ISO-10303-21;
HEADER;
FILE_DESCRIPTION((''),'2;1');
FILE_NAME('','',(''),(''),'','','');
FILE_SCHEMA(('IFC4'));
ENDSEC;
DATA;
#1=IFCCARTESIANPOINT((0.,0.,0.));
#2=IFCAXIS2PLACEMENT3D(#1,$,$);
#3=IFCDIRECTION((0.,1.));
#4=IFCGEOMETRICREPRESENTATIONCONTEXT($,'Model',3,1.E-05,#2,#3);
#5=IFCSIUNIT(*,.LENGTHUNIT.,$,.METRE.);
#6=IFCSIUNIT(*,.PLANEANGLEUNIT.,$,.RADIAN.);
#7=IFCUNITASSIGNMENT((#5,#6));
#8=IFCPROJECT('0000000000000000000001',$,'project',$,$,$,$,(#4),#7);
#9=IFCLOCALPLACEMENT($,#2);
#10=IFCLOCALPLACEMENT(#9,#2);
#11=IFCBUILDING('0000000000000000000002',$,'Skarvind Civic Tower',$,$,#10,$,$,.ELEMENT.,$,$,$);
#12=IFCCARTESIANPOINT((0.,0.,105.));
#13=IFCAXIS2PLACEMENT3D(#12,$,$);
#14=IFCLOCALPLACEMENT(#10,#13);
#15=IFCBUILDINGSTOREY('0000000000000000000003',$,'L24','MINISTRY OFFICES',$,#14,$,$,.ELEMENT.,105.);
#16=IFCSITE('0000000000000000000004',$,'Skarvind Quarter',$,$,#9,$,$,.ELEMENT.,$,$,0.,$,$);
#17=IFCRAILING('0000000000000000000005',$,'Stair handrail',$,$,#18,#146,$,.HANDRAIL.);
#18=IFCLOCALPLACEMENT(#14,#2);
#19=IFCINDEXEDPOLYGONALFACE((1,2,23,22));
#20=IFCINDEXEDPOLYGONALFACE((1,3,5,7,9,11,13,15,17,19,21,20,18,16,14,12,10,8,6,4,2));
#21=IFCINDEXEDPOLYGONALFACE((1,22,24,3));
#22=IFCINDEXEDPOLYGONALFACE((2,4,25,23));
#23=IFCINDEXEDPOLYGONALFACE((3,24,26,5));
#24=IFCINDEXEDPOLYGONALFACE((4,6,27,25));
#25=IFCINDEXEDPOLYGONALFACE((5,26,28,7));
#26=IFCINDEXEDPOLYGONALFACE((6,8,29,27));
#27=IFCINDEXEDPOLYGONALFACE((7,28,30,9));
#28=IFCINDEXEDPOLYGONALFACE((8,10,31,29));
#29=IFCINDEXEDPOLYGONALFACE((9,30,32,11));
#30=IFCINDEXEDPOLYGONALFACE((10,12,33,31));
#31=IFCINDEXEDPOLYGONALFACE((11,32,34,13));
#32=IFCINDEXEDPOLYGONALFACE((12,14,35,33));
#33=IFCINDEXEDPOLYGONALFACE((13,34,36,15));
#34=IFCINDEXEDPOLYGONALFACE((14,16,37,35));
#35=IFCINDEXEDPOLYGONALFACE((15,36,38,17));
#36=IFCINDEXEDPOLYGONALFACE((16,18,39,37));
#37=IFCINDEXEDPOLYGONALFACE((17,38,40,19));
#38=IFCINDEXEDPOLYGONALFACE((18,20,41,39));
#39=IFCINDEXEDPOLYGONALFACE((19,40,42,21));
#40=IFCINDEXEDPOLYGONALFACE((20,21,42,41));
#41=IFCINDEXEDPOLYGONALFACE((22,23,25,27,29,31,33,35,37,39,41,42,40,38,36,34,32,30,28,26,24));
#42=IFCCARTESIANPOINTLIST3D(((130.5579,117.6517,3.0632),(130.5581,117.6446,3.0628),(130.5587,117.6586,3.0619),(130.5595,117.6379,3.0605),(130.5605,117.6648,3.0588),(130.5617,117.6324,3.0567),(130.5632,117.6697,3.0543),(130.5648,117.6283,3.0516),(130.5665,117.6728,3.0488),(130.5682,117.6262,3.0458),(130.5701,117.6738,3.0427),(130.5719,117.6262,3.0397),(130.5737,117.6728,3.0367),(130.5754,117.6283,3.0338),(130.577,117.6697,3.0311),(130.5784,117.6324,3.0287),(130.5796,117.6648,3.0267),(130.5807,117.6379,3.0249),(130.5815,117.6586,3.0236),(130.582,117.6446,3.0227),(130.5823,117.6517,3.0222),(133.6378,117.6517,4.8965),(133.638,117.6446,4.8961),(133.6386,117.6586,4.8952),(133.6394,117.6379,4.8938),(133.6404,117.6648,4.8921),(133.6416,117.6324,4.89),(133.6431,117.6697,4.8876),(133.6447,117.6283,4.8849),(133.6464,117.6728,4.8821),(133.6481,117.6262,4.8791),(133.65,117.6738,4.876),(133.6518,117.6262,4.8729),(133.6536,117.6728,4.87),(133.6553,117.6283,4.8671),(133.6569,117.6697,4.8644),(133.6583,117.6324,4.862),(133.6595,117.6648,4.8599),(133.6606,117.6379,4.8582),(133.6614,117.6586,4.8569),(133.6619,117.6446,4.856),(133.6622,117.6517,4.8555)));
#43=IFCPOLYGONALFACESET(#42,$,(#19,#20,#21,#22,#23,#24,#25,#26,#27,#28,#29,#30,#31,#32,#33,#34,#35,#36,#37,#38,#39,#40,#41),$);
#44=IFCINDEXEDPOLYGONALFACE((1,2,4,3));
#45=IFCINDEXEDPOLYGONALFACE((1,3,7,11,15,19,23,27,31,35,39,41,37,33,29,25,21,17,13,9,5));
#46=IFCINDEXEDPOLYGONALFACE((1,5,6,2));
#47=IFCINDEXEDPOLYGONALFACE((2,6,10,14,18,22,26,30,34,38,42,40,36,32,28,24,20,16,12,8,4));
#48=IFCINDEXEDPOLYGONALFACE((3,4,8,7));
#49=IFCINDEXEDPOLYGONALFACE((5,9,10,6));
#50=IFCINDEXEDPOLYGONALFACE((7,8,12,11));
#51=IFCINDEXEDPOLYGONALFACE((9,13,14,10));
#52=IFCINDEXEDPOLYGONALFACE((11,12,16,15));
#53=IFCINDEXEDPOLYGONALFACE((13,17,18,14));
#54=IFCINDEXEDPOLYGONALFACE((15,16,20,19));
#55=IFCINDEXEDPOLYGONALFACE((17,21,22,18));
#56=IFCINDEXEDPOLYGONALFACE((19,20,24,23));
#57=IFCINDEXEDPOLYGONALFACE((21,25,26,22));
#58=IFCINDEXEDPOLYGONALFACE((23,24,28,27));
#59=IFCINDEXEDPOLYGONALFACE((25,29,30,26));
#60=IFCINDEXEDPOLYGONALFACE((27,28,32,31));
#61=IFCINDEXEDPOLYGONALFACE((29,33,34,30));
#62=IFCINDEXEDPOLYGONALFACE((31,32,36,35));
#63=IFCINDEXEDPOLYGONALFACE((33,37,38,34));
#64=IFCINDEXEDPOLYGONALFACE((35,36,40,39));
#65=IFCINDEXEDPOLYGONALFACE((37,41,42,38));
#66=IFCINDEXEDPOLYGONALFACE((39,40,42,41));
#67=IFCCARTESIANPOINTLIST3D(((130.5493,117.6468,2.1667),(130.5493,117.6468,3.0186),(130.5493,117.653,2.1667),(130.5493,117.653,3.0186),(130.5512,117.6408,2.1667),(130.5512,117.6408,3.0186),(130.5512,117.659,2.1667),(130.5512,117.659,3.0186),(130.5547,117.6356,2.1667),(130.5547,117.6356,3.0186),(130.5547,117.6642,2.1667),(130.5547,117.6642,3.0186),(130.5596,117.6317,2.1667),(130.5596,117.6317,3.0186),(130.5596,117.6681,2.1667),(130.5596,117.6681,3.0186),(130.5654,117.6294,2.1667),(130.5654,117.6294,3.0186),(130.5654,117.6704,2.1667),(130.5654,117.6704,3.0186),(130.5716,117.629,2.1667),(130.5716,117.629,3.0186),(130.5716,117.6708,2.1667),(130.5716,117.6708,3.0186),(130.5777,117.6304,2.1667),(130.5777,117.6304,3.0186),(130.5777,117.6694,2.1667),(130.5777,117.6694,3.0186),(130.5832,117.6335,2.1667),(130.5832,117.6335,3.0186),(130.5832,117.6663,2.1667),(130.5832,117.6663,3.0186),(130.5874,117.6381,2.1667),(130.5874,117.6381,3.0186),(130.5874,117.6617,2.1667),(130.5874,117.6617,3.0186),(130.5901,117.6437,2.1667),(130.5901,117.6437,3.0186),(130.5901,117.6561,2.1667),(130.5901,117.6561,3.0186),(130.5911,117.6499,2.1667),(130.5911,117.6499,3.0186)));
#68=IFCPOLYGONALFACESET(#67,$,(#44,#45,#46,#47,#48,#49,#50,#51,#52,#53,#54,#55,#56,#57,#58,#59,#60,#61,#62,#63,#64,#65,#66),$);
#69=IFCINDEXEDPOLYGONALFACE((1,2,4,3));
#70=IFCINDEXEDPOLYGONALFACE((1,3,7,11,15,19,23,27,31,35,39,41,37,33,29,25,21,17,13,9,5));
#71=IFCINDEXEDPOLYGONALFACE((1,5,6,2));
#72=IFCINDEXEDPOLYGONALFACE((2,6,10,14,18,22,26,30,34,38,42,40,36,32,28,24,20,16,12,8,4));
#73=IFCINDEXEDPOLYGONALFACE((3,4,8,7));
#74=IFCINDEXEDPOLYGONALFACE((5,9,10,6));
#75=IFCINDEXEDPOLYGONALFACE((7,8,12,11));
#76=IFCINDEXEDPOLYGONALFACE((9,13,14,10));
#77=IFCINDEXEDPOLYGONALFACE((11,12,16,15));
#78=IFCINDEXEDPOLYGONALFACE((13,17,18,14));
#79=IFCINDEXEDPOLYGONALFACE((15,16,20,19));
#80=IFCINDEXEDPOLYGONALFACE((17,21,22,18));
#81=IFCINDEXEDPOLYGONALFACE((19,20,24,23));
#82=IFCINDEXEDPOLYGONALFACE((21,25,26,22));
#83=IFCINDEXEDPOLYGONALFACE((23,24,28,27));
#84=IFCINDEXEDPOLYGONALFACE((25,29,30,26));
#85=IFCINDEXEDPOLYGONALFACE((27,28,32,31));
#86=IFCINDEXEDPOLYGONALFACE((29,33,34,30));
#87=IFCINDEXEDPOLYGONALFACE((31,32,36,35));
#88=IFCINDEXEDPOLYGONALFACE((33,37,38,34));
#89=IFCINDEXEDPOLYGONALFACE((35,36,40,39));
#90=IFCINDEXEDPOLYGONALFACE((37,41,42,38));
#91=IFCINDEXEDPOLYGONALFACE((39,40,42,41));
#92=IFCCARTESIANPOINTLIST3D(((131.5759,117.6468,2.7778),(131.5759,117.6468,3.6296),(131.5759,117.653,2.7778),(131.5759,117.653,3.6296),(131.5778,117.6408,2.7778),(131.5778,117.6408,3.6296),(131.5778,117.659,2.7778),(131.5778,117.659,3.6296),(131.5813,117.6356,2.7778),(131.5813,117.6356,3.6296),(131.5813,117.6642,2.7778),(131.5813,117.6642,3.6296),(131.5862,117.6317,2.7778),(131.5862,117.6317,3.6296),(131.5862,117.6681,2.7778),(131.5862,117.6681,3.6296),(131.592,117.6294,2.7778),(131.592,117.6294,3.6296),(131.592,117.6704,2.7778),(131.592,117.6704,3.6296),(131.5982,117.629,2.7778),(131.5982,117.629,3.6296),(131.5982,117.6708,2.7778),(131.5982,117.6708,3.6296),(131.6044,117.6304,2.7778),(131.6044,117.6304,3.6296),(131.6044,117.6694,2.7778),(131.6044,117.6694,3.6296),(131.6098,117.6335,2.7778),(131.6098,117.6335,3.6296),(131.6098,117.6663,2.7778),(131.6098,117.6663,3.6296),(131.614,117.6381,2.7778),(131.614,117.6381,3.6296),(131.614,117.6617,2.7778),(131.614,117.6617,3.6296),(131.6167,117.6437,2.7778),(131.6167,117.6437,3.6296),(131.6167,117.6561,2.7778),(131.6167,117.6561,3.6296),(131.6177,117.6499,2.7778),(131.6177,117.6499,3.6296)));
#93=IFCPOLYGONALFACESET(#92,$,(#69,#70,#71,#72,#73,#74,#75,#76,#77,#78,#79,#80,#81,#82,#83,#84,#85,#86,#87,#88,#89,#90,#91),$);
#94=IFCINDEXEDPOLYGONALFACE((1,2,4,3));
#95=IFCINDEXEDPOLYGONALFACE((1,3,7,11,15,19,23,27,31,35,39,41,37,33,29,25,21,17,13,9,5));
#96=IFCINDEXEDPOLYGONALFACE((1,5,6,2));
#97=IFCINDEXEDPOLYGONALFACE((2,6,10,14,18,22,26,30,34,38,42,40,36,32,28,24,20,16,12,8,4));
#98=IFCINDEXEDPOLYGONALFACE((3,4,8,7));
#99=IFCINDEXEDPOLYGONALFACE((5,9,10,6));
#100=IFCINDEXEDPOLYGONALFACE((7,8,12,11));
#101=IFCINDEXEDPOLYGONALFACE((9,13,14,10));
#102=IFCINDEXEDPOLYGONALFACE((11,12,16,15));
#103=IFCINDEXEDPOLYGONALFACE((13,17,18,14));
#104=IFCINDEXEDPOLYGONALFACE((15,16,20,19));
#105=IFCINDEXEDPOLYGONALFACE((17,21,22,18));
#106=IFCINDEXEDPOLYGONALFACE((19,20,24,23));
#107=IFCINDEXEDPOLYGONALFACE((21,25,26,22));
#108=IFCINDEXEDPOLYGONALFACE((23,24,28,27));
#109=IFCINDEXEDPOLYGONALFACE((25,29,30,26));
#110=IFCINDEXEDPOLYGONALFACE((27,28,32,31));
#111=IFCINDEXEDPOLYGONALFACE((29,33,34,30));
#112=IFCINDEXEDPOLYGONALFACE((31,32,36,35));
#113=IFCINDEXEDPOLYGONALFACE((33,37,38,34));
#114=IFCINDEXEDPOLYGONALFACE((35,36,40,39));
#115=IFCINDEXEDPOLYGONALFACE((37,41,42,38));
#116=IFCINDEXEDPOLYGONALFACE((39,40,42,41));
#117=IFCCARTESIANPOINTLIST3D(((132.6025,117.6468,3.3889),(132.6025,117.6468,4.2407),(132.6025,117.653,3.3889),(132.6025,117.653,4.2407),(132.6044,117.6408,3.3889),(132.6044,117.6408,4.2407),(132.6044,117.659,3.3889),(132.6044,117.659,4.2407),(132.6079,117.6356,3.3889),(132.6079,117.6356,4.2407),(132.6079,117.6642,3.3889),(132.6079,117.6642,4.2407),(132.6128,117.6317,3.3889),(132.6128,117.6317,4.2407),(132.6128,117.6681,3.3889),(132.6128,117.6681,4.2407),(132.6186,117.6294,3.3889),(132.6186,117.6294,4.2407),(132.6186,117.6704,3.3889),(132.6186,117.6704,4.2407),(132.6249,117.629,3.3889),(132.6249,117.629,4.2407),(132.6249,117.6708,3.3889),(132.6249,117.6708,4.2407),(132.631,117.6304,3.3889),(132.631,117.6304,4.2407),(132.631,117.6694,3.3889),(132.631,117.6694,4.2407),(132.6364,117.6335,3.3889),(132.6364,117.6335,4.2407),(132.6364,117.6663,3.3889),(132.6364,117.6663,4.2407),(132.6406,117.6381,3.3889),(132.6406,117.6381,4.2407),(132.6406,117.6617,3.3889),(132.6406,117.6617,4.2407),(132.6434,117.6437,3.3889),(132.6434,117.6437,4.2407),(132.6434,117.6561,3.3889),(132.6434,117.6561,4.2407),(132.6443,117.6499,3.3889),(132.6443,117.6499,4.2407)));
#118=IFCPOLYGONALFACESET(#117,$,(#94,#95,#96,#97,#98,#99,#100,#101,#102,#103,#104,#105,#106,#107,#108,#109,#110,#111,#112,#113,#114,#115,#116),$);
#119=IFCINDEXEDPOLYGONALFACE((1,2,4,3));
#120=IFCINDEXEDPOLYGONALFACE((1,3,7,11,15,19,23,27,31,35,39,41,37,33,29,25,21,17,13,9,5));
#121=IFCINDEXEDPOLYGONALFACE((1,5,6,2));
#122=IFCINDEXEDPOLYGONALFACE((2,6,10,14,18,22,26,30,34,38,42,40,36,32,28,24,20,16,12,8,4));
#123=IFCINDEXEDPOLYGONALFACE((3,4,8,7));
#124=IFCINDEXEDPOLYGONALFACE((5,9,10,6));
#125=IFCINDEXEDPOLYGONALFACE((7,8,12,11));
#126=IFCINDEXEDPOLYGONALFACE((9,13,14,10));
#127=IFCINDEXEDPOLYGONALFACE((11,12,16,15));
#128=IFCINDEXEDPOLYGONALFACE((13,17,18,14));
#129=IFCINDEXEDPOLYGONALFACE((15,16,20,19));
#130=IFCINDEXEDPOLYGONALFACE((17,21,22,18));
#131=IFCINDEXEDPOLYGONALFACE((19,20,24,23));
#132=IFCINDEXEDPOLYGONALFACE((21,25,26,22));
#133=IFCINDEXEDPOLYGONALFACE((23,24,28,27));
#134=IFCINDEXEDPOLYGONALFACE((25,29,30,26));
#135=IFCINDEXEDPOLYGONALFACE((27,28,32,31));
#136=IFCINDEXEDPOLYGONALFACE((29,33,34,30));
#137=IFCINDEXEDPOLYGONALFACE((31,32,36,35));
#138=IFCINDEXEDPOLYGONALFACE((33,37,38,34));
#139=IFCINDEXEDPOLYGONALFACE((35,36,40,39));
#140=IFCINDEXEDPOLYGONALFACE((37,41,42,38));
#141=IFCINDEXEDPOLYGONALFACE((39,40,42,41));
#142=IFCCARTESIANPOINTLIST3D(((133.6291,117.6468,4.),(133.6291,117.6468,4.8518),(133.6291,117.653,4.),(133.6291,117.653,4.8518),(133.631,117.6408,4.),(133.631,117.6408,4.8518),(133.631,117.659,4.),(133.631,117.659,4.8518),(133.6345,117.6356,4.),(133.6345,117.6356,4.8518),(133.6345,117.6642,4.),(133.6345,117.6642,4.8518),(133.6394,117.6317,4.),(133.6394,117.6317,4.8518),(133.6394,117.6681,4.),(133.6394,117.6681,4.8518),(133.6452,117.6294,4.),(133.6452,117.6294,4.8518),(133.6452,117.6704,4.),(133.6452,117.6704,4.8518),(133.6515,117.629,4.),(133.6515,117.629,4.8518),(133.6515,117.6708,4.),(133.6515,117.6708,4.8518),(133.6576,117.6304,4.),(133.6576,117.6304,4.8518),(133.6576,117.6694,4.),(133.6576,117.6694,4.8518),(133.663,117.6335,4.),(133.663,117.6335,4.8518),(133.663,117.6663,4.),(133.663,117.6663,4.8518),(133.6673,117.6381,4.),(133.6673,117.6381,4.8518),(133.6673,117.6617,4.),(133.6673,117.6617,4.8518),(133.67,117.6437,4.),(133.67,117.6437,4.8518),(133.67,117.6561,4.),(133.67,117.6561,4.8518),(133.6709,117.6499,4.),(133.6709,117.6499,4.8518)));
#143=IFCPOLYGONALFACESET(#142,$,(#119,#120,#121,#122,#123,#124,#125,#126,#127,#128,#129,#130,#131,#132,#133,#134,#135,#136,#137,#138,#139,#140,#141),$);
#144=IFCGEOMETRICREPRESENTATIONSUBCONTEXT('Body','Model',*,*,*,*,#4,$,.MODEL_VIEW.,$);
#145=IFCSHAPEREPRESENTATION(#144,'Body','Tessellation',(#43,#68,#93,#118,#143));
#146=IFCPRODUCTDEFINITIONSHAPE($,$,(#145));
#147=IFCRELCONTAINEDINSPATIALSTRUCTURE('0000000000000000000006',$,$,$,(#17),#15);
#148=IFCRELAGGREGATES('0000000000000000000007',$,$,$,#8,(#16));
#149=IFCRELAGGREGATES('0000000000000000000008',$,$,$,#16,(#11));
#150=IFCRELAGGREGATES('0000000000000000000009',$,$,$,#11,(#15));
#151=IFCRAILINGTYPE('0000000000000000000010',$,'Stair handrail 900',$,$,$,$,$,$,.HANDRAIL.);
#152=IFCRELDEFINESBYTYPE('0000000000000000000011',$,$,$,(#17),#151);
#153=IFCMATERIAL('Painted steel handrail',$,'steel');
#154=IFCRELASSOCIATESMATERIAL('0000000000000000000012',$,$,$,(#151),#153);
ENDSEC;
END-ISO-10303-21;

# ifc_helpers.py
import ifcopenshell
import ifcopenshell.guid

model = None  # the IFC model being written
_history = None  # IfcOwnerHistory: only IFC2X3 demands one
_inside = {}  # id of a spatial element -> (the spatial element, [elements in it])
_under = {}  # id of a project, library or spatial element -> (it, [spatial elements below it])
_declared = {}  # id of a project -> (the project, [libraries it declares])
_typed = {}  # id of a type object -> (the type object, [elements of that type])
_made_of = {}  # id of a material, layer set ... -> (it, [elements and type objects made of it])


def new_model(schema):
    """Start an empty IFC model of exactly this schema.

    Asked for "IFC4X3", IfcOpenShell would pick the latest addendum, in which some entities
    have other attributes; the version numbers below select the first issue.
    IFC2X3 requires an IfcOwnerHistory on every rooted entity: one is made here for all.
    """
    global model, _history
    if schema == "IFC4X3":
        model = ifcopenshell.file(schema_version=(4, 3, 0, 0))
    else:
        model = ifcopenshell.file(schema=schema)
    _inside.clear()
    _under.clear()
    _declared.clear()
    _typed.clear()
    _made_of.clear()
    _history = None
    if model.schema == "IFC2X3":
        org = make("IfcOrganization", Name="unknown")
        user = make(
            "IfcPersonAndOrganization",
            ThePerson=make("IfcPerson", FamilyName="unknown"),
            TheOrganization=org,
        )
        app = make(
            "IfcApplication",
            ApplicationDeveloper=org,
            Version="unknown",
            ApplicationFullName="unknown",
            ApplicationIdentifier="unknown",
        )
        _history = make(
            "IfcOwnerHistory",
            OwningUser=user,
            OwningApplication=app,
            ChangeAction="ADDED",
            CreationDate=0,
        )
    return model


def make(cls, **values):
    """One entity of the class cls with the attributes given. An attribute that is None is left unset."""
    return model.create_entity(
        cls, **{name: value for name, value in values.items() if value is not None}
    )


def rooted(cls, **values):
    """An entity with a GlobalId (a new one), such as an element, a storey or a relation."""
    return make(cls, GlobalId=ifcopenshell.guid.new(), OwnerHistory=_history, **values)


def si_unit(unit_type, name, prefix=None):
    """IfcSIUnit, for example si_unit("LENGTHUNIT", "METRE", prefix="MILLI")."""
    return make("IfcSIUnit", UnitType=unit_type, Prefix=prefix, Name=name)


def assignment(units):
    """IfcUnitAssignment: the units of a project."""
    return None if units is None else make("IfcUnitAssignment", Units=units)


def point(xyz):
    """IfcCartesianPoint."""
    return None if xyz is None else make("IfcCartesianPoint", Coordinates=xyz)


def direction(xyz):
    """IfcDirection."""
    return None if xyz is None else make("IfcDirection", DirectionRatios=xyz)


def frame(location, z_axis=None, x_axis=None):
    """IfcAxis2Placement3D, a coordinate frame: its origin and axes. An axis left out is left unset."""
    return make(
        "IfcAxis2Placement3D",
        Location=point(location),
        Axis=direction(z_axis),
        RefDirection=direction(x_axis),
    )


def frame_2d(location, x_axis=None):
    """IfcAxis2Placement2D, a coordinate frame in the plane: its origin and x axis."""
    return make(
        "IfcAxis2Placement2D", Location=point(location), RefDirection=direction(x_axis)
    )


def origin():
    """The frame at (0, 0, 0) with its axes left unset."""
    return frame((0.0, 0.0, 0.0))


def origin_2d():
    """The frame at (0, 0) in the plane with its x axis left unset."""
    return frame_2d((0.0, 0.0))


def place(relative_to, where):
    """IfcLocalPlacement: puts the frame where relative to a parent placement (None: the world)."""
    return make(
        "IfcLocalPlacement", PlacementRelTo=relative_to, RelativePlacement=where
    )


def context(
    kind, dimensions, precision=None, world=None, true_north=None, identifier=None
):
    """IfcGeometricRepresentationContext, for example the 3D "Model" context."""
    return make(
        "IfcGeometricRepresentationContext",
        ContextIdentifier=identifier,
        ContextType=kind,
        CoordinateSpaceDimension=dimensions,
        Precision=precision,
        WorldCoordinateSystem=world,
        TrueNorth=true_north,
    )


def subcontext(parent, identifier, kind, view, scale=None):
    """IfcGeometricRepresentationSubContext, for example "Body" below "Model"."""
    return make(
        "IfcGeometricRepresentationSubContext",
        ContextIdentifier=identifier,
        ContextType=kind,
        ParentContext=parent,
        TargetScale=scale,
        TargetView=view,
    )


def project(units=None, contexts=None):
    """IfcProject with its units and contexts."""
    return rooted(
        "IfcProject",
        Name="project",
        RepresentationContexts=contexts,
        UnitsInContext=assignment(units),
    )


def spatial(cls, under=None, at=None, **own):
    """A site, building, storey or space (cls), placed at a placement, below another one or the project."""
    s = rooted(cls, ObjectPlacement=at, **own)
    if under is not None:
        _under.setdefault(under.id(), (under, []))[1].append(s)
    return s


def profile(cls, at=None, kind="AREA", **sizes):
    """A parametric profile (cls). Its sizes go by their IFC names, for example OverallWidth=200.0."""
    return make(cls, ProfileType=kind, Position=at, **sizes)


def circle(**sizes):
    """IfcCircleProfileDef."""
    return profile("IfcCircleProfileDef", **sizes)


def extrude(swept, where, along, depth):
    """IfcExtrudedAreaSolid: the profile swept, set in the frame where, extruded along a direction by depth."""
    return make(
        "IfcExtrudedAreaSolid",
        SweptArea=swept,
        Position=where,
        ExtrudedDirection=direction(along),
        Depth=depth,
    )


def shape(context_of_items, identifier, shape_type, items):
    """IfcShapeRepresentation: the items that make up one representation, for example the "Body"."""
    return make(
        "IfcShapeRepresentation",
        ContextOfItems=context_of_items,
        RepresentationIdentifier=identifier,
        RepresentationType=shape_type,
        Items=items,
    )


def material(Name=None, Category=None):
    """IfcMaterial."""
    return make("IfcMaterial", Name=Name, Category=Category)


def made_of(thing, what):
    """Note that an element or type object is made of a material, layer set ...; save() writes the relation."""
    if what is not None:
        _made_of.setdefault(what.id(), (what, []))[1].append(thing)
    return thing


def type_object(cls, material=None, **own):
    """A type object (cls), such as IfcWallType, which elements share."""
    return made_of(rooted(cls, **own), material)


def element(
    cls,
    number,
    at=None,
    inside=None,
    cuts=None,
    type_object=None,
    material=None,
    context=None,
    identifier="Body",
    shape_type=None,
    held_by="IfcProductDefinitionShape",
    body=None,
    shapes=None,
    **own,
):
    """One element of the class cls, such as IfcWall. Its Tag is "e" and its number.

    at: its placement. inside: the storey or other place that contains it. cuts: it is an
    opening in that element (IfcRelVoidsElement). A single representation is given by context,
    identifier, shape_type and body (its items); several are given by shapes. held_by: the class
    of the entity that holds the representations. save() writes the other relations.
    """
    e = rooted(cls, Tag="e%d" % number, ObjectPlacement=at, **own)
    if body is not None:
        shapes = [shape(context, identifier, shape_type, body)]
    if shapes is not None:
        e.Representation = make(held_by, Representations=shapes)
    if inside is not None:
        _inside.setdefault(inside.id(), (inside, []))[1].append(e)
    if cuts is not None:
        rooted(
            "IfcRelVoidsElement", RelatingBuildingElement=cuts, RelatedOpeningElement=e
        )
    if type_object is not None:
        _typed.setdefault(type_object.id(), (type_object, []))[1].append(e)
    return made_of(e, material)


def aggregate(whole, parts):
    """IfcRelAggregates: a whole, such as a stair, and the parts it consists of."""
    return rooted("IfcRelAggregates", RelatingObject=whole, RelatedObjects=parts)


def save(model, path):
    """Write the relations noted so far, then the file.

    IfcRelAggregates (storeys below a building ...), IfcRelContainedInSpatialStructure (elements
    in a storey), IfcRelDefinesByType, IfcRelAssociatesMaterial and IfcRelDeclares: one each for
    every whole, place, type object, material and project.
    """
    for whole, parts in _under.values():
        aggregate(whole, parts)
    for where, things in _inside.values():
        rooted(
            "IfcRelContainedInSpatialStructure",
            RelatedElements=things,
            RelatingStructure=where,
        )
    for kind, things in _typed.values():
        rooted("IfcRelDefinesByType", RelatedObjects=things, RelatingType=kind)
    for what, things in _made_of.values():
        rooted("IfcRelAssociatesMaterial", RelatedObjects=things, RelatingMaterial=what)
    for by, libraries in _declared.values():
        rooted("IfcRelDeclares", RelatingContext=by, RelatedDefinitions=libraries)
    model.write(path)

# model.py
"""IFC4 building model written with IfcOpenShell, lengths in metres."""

from ifc_helpers import new_model, si_unit, direction, frame, origin, origin_2d, place, context, subcontext, project, spatial, circle, extrude, material, type_object, element, save


model = new_model("IFC4")

# Units and contexts
model_context = context("Model", 3, precision=1e-05, world=origin(), true_north=direction((0.0, 1.0)))
body_context = subcontext(model_context, "Body", "Model", "MODEL_VIEW")
ifc_project = project(units=[si_unit("LENGTHUNIT", "METRE"), si_unit("PLANEANGLEUNIT", "RADIAN")], contexts=[model_context])

# Site, building, storey
site_placement = place(None, origin())
site = spatial("IfcSite", under=ifc_project, at=site_placement, Name="Skarvind Quarter", CompositionType="ELEMENT", RefElevation=0.0)
building_placement = place(site_placement, origin())
building = spatial("IfcBuilding", under=site, at=building_placement, Name="Skarvind Civic Tower", CompositionType="ELEMENT")
storey_placement = place(building_placement, frame((0.0, 0.0, 105.0)))
storey = spatial("IfcBuildingStorey", under=building, at=storey_placement, Name="L24", Description="MINISTRY OFFICES", CompositionType="ELEMENT", Elevation=105.0)

# Railing
ifc_material_1 = material(Name="Painted steel handrail", Category="steel")
railing_type = type_object("IfcRailingType", Name="Stair handrail 900", PredefinedType="HANDRAIL", material=ifc_material_1)
railing_1_placement = place(storey_placement, frame((130.5701, 117.6499, 2.1667)))
element("IfcRailing", 1, at=railing_1_placement, inside=storey, type_object=railing_type, Name="Stair handrail", PredefinedType="HANDRAIL", context=body_context, shape_type="SweptSolid", body=[
    extrude(circle(Radius=0.0239, at=origin_2d()), frame((0.0, 0.0, 0.876), z_axis=(0.859291, 0.0, 0.511487), x_axis=(0.0, 1.0, 0.0)), (0.0, 0.0, 1.0), 3.5842),
    extrude(circle(Radius=0.021, at=origin_2d()), origin(), (0.0, 0.0, 1.0), 0.8518),
    extrude(circle(Radius=0.021, at=origin_2d()), frame((1.0266, 0.0, 0.6111)), (0.0, 0.0, 1.0), 0.8518),
    extrude(circle(Radius=0.021, at=origin_2d()), frame((2.0532, 0.0, 1.2222)), (0.0, 0.0, 1.0), 0.8518),
    extrude(circle(Radius=0.021, at=origin_2d()), frame((3.0798, 0.0, 1.8333)), (0.0, 0.0, 1.0), 0.8518),
])

save(model, "model.ifc")
